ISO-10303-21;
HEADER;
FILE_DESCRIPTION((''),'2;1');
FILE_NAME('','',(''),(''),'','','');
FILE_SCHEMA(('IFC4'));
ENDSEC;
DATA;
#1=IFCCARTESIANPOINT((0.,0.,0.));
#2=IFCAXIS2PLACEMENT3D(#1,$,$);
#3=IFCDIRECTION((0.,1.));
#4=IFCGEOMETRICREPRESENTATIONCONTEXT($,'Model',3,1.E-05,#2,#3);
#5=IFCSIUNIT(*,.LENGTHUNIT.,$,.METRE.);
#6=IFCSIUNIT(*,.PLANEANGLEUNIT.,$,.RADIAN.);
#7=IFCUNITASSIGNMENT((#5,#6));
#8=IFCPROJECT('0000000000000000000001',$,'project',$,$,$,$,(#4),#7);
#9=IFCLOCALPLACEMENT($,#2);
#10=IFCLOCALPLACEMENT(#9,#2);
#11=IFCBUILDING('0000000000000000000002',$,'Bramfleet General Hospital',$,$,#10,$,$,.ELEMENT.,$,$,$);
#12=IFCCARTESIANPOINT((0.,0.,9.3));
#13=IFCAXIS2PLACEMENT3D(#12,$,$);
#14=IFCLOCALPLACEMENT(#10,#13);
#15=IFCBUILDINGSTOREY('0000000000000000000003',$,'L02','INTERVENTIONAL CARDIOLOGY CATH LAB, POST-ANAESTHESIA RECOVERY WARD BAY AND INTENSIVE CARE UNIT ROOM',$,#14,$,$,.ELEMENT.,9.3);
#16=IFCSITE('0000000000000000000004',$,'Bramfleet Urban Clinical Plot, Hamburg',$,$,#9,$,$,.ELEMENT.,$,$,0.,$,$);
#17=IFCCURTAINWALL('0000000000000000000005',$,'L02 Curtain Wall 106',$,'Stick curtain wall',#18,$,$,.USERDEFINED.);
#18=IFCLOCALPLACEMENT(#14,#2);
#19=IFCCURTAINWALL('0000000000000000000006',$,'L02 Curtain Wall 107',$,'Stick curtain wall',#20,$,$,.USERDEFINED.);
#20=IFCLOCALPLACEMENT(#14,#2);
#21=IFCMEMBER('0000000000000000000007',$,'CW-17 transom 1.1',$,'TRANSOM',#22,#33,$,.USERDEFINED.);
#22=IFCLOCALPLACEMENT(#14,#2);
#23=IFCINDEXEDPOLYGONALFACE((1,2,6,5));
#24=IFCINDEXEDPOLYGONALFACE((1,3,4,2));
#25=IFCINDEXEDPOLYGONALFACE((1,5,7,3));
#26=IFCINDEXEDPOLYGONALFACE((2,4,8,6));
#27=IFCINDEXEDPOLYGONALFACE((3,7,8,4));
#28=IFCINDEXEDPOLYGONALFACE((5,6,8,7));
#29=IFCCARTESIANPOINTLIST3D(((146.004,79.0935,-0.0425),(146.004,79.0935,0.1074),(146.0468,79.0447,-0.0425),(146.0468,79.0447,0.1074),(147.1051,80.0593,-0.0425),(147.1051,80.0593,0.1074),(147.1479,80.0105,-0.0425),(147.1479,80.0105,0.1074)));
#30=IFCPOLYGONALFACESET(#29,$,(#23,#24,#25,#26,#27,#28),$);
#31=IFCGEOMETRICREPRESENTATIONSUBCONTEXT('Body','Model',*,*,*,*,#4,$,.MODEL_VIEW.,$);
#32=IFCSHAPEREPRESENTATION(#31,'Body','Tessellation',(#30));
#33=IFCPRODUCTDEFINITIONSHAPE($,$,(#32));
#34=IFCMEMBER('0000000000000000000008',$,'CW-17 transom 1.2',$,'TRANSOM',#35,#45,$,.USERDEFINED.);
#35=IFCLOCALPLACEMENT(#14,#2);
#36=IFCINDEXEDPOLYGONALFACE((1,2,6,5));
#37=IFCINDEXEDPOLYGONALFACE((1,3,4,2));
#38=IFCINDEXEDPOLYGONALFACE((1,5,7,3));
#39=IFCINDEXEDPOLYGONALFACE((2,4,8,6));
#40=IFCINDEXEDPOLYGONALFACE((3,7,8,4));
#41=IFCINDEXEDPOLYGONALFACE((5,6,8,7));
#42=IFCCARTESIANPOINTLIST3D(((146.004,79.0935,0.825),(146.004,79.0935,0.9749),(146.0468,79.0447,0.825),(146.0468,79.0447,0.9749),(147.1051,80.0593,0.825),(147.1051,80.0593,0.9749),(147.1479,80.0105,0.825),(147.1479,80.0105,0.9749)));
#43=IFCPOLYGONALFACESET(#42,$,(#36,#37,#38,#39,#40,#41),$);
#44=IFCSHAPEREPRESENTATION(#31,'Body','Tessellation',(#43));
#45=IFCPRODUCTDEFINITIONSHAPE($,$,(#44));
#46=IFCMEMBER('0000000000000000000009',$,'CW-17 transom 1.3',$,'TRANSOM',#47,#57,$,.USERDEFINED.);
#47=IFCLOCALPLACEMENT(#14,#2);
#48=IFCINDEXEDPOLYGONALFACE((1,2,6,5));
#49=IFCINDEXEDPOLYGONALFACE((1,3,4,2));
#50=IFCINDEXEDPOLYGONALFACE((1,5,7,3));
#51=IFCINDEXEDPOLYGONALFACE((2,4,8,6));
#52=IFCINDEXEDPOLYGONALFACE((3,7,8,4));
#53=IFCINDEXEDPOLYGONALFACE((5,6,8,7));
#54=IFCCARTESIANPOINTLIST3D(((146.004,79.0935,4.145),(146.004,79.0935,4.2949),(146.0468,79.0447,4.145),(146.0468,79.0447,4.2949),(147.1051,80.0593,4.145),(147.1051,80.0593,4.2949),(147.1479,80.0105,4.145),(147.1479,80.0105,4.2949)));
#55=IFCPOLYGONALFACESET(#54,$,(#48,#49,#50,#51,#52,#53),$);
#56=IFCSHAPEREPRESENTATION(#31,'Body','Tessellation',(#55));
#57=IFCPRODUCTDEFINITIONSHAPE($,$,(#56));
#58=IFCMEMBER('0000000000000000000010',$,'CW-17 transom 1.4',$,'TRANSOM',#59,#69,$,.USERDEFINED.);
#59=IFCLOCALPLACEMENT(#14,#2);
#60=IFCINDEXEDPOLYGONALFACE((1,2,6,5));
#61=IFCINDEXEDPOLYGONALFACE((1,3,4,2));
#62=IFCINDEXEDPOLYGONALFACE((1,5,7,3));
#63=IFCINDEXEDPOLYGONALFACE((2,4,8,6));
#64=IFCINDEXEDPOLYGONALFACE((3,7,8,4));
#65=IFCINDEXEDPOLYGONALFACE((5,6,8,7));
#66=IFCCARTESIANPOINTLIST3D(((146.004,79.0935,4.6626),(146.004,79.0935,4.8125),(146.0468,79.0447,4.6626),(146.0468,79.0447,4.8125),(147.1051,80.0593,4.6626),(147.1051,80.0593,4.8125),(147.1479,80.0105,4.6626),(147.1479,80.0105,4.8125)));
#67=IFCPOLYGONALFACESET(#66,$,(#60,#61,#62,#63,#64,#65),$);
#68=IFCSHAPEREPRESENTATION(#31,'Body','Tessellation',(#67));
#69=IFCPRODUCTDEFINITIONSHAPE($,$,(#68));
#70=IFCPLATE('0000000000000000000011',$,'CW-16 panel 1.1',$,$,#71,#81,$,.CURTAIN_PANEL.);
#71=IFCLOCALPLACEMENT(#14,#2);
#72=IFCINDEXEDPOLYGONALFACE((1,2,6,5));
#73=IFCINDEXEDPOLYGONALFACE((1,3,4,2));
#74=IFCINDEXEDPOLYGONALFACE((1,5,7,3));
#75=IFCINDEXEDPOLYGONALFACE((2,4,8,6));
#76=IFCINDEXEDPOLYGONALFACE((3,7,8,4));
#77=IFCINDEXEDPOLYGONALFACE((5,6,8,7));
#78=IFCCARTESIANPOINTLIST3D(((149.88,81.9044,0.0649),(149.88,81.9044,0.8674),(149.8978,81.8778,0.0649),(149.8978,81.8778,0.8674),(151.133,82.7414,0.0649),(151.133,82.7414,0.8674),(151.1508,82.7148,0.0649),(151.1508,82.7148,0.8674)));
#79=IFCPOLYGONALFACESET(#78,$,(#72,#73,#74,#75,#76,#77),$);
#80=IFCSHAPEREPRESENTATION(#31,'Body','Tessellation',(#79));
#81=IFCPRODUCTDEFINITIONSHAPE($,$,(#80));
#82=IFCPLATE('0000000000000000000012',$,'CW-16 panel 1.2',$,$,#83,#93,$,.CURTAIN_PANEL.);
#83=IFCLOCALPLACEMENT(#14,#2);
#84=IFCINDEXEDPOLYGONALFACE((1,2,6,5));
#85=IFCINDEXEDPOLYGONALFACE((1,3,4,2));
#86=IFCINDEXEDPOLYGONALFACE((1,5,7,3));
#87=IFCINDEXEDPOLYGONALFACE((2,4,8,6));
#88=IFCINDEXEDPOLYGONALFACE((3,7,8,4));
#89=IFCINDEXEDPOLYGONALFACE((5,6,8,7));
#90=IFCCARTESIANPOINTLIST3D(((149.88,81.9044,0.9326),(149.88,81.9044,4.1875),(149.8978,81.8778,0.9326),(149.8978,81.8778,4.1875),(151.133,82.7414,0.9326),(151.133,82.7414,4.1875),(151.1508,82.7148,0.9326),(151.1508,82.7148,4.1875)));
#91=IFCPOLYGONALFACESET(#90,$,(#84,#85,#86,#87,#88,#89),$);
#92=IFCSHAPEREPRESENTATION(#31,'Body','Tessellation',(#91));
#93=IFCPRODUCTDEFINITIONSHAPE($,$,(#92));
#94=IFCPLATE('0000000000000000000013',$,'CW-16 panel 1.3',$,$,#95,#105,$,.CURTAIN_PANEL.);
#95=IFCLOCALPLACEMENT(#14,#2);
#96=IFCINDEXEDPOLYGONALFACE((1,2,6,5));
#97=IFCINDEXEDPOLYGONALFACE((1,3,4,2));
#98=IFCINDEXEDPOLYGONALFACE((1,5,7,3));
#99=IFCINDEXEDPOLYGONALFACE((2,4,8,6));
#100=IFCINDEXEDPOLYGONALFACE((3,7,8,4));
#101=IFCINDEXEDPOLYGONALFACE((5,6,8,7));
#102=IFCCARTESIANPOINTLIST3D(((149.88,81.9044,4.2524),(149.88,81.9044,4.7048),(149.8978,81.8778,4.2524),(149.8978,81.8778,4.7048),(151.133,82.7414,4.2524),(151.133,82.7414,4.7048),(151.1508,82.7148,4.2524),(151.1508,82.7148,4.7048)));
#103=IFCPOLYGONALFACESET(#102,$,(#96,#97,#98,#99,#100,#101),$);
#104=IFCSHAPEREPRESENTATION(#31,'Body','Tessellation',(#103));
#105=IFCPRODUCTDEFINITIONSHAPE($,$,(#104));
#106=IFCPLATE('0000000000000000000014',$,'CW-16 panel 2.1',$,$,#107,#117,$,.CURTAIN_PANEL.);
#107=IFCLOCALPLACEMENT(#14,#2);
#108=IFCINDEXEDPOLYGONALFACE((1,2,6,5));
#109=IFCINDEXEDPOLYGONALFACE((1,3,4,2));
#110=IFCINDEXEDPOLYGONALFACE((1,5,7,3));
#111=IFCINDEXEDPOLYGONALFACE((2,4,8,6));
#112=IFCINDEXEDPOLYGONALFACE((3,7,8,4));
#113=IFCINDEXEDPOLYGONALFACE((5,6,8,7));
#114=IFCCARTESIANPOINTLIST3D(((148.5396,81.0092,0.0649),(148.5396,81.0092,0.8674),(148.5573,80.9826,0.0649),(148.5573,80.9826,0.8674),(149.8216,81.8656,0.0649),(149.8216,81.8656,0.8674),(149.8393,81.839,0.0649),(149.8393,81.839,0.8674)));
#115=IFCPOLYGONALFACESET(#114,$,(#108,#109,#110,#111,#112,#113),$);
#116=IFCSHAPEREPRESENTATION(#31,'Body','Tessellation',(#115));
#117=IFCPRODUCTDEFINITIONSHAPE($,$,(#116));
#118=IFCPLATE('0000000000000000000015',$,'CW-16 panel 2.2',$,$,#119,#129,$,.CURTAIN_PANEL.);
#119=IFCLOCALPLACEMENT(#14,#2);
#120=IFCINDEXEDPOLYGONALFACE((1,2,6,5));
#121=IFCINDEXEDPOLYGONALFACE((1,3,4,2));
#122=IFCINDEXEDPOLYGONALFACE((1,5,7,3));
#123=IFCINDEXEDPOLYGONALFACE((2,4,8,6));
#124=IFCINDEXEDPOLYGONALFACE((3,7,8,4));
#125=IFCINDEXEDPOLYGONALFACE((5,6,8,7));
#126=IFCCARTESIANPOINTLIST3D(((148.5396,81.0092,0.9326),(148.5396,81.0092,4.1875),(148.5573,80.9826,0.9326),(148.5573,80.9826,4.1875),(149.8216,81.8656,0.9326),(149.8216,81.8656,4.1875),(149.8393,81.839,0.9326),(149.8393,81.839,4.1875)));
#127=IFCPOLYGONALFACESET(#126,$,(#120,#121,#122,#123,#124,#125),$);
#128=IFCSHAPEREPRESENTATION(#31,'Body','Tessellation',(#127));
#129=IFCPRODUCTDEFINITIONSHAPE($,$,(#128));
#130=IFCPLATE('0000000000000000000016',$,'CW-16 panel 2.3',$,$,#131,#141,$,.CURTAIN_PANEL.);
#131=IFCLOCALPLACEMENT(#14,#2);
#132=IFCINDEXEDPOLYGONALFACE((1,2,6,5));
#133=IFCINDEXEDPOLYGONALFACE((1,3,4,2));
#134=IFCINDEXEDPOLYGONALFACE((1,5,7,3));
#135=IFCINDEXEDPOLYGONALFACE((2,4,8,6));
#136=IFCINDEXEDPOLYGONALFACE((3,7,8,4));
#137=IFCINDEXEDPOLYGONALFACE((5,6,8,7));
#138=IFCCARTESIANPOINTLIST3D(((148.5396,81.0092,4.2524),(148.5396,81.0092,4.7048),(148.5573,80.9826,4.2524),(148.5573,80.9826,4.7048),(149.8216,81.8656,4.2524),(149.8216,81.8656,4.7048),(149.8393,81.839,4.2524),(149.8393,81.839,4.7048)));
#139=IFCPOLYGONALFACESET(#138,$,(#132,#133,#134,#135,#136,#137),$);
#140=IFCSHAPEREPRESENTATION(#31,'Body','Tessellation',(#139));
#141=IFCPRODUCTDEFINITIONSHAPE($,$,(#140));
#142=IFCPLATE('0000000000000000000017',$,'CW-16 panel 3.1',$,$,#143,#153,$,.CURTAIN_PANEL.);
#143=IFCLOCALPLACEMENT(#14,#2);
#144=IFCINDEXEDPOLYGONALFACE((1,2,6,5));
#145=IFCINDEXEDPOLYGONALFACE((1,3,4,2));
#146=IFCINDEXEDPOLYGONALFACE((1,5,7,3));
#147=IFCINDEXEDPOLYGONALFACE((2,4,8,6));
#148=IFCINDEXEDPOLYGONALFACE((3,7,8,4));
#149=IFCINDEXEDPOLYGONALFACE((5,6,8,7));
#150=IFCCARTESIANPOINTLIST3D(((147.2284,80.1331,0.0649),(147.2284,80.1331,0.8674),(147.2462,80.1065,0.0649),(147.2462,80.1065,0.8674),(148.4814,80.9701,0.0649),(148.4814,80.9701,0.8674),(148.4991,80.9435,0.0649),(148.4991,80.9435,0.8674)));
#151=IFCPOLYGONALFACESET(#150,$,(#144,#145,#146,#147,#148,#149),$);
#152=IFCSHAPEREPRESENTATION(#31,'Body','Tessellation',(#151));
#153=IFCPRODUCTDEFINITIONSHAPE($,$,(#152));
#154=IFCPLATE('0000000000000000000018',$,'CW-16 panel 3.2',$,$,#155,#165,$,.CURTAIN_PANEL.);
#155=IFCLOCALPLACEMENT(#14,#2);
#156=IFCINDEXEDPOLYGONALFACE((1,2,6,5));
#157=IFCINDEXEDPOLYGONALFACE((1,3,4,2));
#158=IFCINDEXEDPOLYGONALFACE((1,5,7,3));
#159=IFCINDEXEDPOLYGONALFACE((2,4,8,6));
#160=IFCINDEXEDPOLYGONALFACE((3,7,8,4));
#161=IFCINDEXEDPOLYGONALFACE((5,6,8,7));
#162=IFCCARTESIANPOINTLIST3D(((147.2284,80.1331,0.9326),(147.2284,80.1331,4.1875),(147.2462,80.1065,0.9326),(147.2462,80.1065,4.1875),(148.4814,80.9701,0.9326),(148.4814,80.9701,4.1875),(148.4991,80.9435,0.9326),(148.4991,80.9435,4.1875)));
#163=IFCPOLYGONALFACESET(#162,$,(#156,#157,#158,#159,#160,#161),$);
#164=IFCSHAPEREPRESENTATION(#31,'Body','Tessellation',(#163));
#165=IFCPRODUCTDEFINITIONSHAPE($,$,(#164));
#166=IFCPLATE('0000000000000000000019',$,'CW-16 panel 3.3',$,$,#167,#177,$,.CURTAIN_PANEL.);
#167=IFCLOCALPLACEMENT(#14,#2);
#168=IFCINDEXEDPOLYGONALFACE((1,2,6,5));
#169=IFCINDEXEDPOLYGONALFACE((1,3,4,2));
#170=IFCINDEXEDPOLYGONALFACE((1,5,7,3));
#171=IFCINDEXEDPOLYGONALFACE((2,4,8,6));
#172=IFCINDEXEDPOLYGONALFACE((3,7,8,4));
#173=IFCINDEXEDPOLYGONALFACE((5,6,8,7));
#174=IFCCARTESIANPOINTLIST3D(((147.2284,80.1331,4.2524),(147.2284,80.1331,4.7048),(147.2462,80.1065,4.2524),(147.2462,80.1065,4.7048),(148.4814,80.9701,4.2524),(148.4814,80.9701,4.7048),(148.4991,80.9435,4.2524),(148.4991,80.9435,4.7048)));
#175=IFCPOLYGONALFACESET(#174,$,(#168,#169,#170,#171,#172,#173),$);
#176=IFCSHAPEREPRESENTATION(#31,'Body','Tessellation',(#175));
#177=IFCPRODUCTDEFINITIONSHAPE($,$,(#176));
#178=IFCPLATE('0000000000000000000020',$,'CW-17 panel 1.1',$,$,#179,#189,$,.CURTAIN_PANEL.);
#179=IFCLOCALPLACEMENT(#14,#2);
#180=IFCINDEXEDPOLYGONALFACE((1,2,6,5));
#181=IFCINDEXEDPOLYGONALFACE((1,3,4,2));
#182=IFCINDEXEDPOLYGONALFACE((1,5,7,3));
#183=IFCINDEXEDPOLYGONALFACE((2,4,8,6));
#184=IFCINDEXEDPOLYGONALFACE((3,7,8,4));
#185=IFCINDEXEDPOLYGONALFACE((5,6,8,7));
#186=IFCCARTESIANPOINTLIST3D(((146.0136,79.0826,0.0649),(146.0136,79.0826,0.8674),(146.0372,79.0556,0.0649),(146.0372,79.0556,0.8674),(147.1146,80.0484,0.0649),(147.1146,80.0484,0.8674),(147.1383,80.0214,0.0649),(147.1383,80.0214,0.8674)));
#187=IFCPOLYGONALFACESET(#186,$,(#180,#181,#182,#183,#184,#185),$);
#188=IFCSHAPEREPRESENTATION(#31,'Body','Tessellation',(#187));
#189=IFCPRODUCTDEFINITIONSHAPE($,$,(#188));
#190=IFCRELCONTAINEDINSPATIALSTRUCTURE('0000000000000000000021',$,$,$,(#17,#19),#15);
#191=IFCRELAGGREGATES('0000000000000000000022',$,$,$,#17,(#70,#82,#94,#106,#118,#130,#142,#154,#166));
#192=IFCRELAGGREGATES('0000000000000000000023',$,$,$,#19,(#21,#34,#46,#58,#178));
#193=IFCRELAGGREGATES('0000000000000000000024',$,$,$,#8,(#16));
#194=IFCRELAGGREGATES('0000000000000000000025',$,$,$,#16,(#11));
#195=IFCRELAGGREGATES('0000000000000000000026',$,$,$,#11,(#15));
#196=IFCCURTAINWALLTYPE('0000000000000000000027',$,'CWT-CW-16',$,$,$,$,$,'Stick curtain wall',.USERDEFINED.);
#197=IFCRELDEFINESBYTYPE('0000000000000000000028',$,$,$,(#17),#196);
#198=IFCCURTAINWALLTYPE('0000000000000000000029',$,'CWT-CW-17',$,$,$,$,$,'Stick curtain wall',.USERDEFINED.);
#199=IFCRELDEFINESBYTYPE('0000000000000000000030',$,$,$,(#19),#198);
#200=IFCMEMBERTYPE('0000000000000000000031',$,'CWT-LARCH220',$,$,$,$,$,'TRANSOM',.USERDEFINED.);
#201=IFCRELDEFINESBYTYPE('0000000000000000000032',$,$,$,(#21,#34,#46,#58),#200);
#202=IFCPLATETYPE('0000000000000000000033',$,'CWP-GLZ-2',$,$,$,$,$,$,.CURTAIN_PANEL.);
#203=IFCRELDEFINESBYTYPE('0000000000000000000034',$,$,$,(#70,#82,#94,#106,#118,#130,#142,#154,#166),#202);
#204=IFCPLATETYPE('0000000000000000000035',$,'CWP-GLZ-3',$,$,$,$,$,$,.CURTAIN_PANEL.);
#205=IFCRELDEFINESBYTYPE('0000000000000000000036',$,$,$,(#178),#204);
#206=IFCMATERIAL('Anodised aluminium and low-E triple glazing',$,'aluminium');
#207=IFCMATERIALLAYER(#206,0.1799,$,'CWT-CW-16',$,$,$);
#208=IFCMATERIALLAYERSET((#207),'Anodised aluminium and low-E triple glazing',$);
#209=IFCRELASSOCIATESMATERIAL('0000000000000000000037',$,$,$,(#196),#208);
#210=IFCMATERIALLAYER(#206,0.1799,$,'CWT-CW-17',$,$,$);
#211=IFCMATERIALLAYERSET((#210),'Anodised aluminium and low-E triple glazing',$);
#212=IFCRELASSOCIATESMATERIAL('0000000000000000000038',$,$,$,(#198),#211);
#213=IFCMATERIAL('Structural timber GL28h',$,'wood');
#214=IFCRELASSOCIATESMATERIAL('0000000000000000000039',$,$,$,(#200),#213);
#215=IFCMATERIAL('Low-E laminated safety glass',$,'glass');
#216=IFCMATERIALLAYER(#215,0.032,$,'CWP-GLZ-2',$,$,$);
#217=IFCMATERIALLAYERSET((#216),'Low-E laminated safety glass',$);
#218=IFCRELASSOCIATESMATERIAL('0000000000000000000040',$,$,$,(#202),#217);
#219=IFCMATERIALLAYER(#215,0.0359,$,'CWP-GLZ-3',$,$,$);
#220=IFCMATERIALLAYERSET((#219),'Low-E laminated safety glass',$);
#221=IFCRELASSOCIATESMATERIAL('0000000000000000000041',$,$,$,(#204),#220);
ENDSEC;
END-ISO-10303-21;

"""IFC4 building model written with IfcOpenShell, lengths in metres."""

from ifc_helpers import new_model, si_unit, direction, frame, origin, origin_2d, place, context, subcontext, project, spatial, rectangle, extrude, material, layer, layer_set, material_profile, profile_set, type_object, element, aggregate, save


model = new_model("IFC4")

# Units and contexts
model_context = context("Model", 3, precision=1e-05, world=origin(), true_north=direction((0.0, 1.0)))
body_context = subcontext(model_context, "Body", "Model", "MODEL_VIEW")
ifc_project = project(units=[si_unit("LENGTHUNIT", "METRE"), si_unit("PLANEANGLEUNIT", "RADIAN")], contexts=[model_context])

# Site, building, storey
site_placement = place(None, origin())
site = spatial("IfcSite", under=ifc_project, at=site_placement, Name="Bramfleet Urban Clinical Plot, Hamburg", CompositionType="ELEMENT", RefElevation=0.0)
building_placement = place(site_placement, origin())
building = spatial("IfcBuilding", under=site, at=building_placement, Name="Bramfleet General Hospital", CompositionType="ELEMENT")
storey_placement = place(building_placement, frame((0.0, 0.0, 9.3)))
storey = spatial("IfcBuildingStorey", under=building, at=storey_placement, Name="L02", Description="INTERVENTIONAL CARDIOLOGY CATH LAB, POST-ANAESTHESIA RECOVERY WARD BAY AND INTENSIVE CARE UNIT ROOM", CompositionType="ELEMENT", Elevation=9.3)

# Curtain walls
ifc_material_1 = material(Name="Anodised aluminium and low-E triple glazing", Category="aluminium")
ifc_layer_1 = layer(ifc_material_1, 0.1799, Name="CWT-CW-16")
ifc_layer_set_1 = layer_set([ifc_layer_1], Name="Anodised aluminium and low-E triple glazing")
curtain_wall_type_1 = type_object("IfcCurtainWallType", Name="CWT-CW-16", ElementType="Stick curtain wall", PredefinedType="USERDEFINED", material=ifc_layer_set_1)
curtain_wall_1_placement = place(storey_placement, origin())
curtain_wall_1 = element("IfcCurtainWall", 1, at=curtain_wall_1_placement, inside=storey, type_object=curtain_wall_type_1, Name="L02 Curtain Wall 106", ObjectType="Stick curtain wall", PredefinedType="USERDEFINED")
ifc_material_2 = material(Name="Structural timber GL28h", Category="wood")
ifc_layer_2 = layer(ifc_material_1, 0.1799, Name="CWT-CW-17")
ifc_layer_set_2 = layer_set([ifc_layer_2], Name="Anodised aluminium and low-E triple glazing")
curtain_wall_type_2 = type_object("IfcCurtainWallType", Name="CWT-CW-17", ElementType="Stick curtain wall", PredefinedType="USERDEFINED", material=ifc_layer_set_2)
curtain_wall_2_placement = place(storey_placement, origin())
curtain_wall_2 = element("IfcCurtainWall", 2, at=curtain_wall_2_placement, inside=storey, type_object=curtain_wall_type_2, Name="L02 Curtain Wall 107", ObjectType="Stick curtain wall", PredefinedType="USERDEFINED")

# Members
ifc_material_profile_1 = material_profile(ifc_material_2, rectangle(XDim=0.0649, YDim=0.1499, at=origin_2d()), Name="LARCH 150x65")
ifc_profile_set_1 = profile_set([ifc_material_profile_1], Name="Structural timber GL28h")
member_type_1 = type_object("IfcMemberType", Name="CWT-LARCH220", ElementType="TRANSOM", PredefinedType="USERDEFINED", material=ifc_profile_set_1)
member_1_placement = place(storey_placement, frame((147.1265, 80.0349, 0.0325), z_axis=(-0.751771, -0.659425, 0.0), x_axis=(0.659425, -0.751771, 0.0)))
member_1 = element("IfcMember", 3, at=member_1_placement, type_object=member_type_1, Name="CW-17 transom 1.1", ObjectType="TRANSOM", PredefinedType="USERDEFINED", context=body_context, shape_type="SweptSolid", body=[
    extrude(rectangle(XDim=0.0649, YDim=0.1499, at=origin_2d()), origin(), (0.0, 0.0, 1.0), 1.4646),
])
member_2_placement = place(storey_placement, frame((147.1265, 80.0349, 0.8999), z_axis=(-0.751771, -0.659425, 0.0), x_axis=(0.659425, -0.751771, 0.0)))
member_2 = element("IfcMember", 4, at=member_2_placement, type_object=member_type_1, Name="CW-17 transom 1.2", ObjectType="TRANSOM", PredefinedType="USERDEFINED", context=body_context, shape_type="SweptSolid", body=[
    extrude(rectangle(XDim=0.0649, YDim=0.1499, at=origin_2d()), origin(), (0.0, 0.0, 1.0), 1.4646),
])
member_3_placement = place(storey_placement, frame((147.1265, 80.0349, 4.22), z_axis=(-0.751771, -0.659425, 0.0), x_axis=(0.659425, -0.751771, 0.0)))
member_3 = element("IfcMember", 5, at=member_3_placement, type_object=member_type_1, Name="CW-17 transom 1.3", ObjectType="TRANSOM", PredefinedType="USERDEFINED", context=body_context, shape_type="SweptSolid", body=[
    extrude(rectangle(XDim=0.0649, YDim=0.1499, at=origin_2d()), origin(), (0.0, 0.0, 1.0), 1.4646),
])
member_4_placement = place(storey_placement, frame((147.1265, 80.0349, 4.7375), z_axis=(-0.751771, -0.659425, 0.0), x_axis=(0.659425, -0.751771, 0.0)))
member_4 = element("IfcMember", 6, at=member_4_placement, type_object=member_type_1, Name="CW-17 transom 1.4", ObjectType="TRANSOM", PredefinedType="USERDEFINED", context=body_context, shape_type="SweptSolid", body=[
    extrude(rectangle(XDim=0.0649, YDim=0.1499, at=origin_2d()), origin(), (0.0, 0.0, 1.0), 1.4646),
])

# Plates
ifc_material_3 = material(Name="Low-E laminated safety glass", Category="glass")
ifc_layer_3 = layer(ifc_material_3, 0.032, Name="CWP-GLZ-2")
ifc_layer_set_3 = layer_set([ifc_layer_3], Name="Low-E laminated safety glass")
plate_type_1 = type_object("IfcPlateType", Name="CWP-GLZ-2", PredefinedType="CURTAIN_PANEL", material=ifc_layer_set_3)
plate_1_placement = place(storey_placement, frame((150.5154, 82.3096, 0.0649), z_axis=(0.0, 0.0, 1.0), x_axis=(-0.831541, -0.555464, 0.0)))
plate_1 = element("IfcPlate", 7, at=plate_1_placement, type_object=plate_type_1, Name="CW-16 panel 1.1", PredefinedType="CURTAIN_PANEL", context=body_context, shape_type="SweptSolid", body=[
    extrude(rectangle(XDim=1.5068, YDim=0.032, at=origin_2d()), origin(), (0.0, 0.0, 1.0), 0.8025),
])
plate_2_placement = place(storey_placement, frame((150.5154, 82.3096, 0.9326), z_axis=(0.0, 0.0, 1.0), x_axis=(-0.831541, -0.555464, 0.0)))
plate_2 = element("IfcPlate", 8, at=plate_2_placement, type_object=plate_type_1, Name="CW-16 panel 1.2", PredefinedType="CURTAIN_PANEL", context=body_context, shape_type="SweptSolid", body=[
    extrude(rectangle(XDim=1.5068, YDim=0.032, at=origin_2d()), origin(), (0.0, 0.0, 1.0), 3.2549),
])
plate_3_placement = place(storey_placement, frame((150.5154, 82.3096, 4.2524), z_axis=(0.0, 0.0, 1.0), x_axis=(-0.831541, -0.555464, 0.0)))
plate_3 = element("IfcPlate", 9, at=plate_3_placement, type_object=plate_type_1, Name="CW-16 panel 1.3", PredefinedType="CURTAIN_PANEL", context=body_context, shape_type="SweptSolid", body=[
    extrude(rectangle(XDim=1.5068, YDim=0.032, at=origin_2d()), origin(), (0.0, 0.0, 1.0), 0.4524),
])
plate_4_placement = place(storey_placement, frame((149.1895, 81.4241, 0.0649), z_axis=(0.0, 0.0, 1.0), x_axis=(-0.831541, -0.555464, 0.0)))
plate_4 = element("IfcPlate", 10, at=plate_4_placement, type_object=plate_type_1, Name="CW-16 panel 2.1", PredefinedType="CURTAIN_PANEL", context=body_context, shape_type="SweptSolid", body=[
    extrude(rectangle(XDim=1.5417, YDim=0.032, at=origin_2d()), origin(), (0.0, 0.0, 1.0), 0.8025),
])
plate_5_placement = place(storey_placement, frame((149.1895, 81.4241, 0.9326), z_axis=(0.0, 0.0, 1.0), x_axis=(-0.831541, -0.555464, 0.0)))
plate_5 = element("IfcPlate", 11, at=plate_5_placement, type_object=plate_type_1, Name="CW-16 panel 2.2", PredefinedType="CURTAIN_PANEL", context=body_context, shape_type="SweptSolid", body=[
    extrude(rectangle(XDim=1.5417, YDim=0.032, at=origin_2d()), origin(), (0.0, 0.0, 1.0), 3.2549),
])
plate_6_placement = place(storey_placement, frame((149.1895, 81.4241, 4.2524), z_axis=(0.0, 0.0, 1.0), x_axis=(-0.831541, -0.555464, 0.0)))
plate_6 = element("IfcPlate", 12, at=plate_6_placement, type_object=plate_type_1, Name="CW-16 panel 2.3", PredefinedType="CURTAIN_PANEL", context=body_context, shape_type="SweptSolid", body=[
    extrude(rectangle(XDim=1.5417, YDim=0.032, at=origin_2d()), origin(), (0.0, 0.0, 1.0), 0.4524),
])
plate_7_placement = place(storey_placement, frame((147.8638, 80.5383, 0.0649), z_axis=(0.0, 0.0, 1.0), x_axis=(-0.831541, -0.555464, 0.0)))
plate_7 = element("IfcPlate", 13, at=plate_7_placement, type_object=plate_type_1, Name="CW-16 panel 3.1", PredefinedType="CURTAIN_PANEL", context=body_context, shape_type="SweptSolid", body=[
    extrude(rectangle(XDim=1.5068, YDim=0.032, at=origin_2d()), origin(), (0.0, 0.0, 1.0), 0.8025),
])
plate_8_placement = place(storey_placement, frame((147.8638, 80.5383, 0.9326), z_axis=(0.0, 0.0, 1.0), x_axis=(-0.831541, -0.555464, 0.0)))
plate_8 = element("IfcPlate", 14, at=plate_8_placement, type_object=plate_type_1, Name="CW-16 panel 3.2", PredefinedType="CURTAIN_PANEL", context=body_context, shape_type="SweptSolid", body=[
    extrude(rectangle(XDim=1.5068, YDim=0.032, at=origin_2d()), origin(), (0.0, 0.0, 1.0), 3.2549),
])
plate_9_placement = place(storey_placement, frame((147.8638, 80.5383, 4.2524), z_axis=(0.0, 0.0, 1.0), x_axis=(-0.831541, -0.555464, 0.0)))
plate_9 = element("IfcPlate", 15, at=plate_9_placement, type_object=plate_type_1, Name="CW-16 panel 3.3", PredefinedType="CURTAIN_PANEL", context=body_context, shape_type="SweptSolid", body=[
    extrude(rectangle(XDim=1.5068, YDim=0.032, at=origin_2d()), origin(), (0.0, 0.0, 1.0), 0.4524),
])
aggregate(curtain_wall_1, [plate_1, plate_2, plate_3, plate_4, plate_5, plate_6, plate_7, plate_8, plate_9])
ifc_layer_4 = layer(ifc_material_3, 0.0359, Name="CWP-GLZ-3")
ifc_layer_set_4 = layer_set([ifc_layer_4], Name="Low-E laminated safety glass")
plate_type_2 = type_object("IfcPlateType", Name="CWP-GLZ-3", PredefinedType="CURTAIN_PANEL", material=ifc_layer_set_4)
plate_10_placement = place(storey_placement, frame((146.5759, 79.552, 0.0649), z_axis=(0.0, 0.0, 1.0), x_axis=(-0.751787, -0.659406, 0.0)))
plate_10 = element("IfcPlate", 16, at=plate_10_placement, type_object=plate_type_2, Name="CW-17 panel 1.1", PredefinedType="CURTAIN_PANEL", context=body_context, shape_type="SweptSolid", body=[
    extrude(rectangle(XDim=1.4646, YDim=0.0359, at=origin_2d()), origin(), (0.0, 0.0, 1.0), 0.8025),
])
aggregate(curtain_wall_2, [member_1, member_2, member_3, member_4, plate_10])

save(model, "model.ifc")
